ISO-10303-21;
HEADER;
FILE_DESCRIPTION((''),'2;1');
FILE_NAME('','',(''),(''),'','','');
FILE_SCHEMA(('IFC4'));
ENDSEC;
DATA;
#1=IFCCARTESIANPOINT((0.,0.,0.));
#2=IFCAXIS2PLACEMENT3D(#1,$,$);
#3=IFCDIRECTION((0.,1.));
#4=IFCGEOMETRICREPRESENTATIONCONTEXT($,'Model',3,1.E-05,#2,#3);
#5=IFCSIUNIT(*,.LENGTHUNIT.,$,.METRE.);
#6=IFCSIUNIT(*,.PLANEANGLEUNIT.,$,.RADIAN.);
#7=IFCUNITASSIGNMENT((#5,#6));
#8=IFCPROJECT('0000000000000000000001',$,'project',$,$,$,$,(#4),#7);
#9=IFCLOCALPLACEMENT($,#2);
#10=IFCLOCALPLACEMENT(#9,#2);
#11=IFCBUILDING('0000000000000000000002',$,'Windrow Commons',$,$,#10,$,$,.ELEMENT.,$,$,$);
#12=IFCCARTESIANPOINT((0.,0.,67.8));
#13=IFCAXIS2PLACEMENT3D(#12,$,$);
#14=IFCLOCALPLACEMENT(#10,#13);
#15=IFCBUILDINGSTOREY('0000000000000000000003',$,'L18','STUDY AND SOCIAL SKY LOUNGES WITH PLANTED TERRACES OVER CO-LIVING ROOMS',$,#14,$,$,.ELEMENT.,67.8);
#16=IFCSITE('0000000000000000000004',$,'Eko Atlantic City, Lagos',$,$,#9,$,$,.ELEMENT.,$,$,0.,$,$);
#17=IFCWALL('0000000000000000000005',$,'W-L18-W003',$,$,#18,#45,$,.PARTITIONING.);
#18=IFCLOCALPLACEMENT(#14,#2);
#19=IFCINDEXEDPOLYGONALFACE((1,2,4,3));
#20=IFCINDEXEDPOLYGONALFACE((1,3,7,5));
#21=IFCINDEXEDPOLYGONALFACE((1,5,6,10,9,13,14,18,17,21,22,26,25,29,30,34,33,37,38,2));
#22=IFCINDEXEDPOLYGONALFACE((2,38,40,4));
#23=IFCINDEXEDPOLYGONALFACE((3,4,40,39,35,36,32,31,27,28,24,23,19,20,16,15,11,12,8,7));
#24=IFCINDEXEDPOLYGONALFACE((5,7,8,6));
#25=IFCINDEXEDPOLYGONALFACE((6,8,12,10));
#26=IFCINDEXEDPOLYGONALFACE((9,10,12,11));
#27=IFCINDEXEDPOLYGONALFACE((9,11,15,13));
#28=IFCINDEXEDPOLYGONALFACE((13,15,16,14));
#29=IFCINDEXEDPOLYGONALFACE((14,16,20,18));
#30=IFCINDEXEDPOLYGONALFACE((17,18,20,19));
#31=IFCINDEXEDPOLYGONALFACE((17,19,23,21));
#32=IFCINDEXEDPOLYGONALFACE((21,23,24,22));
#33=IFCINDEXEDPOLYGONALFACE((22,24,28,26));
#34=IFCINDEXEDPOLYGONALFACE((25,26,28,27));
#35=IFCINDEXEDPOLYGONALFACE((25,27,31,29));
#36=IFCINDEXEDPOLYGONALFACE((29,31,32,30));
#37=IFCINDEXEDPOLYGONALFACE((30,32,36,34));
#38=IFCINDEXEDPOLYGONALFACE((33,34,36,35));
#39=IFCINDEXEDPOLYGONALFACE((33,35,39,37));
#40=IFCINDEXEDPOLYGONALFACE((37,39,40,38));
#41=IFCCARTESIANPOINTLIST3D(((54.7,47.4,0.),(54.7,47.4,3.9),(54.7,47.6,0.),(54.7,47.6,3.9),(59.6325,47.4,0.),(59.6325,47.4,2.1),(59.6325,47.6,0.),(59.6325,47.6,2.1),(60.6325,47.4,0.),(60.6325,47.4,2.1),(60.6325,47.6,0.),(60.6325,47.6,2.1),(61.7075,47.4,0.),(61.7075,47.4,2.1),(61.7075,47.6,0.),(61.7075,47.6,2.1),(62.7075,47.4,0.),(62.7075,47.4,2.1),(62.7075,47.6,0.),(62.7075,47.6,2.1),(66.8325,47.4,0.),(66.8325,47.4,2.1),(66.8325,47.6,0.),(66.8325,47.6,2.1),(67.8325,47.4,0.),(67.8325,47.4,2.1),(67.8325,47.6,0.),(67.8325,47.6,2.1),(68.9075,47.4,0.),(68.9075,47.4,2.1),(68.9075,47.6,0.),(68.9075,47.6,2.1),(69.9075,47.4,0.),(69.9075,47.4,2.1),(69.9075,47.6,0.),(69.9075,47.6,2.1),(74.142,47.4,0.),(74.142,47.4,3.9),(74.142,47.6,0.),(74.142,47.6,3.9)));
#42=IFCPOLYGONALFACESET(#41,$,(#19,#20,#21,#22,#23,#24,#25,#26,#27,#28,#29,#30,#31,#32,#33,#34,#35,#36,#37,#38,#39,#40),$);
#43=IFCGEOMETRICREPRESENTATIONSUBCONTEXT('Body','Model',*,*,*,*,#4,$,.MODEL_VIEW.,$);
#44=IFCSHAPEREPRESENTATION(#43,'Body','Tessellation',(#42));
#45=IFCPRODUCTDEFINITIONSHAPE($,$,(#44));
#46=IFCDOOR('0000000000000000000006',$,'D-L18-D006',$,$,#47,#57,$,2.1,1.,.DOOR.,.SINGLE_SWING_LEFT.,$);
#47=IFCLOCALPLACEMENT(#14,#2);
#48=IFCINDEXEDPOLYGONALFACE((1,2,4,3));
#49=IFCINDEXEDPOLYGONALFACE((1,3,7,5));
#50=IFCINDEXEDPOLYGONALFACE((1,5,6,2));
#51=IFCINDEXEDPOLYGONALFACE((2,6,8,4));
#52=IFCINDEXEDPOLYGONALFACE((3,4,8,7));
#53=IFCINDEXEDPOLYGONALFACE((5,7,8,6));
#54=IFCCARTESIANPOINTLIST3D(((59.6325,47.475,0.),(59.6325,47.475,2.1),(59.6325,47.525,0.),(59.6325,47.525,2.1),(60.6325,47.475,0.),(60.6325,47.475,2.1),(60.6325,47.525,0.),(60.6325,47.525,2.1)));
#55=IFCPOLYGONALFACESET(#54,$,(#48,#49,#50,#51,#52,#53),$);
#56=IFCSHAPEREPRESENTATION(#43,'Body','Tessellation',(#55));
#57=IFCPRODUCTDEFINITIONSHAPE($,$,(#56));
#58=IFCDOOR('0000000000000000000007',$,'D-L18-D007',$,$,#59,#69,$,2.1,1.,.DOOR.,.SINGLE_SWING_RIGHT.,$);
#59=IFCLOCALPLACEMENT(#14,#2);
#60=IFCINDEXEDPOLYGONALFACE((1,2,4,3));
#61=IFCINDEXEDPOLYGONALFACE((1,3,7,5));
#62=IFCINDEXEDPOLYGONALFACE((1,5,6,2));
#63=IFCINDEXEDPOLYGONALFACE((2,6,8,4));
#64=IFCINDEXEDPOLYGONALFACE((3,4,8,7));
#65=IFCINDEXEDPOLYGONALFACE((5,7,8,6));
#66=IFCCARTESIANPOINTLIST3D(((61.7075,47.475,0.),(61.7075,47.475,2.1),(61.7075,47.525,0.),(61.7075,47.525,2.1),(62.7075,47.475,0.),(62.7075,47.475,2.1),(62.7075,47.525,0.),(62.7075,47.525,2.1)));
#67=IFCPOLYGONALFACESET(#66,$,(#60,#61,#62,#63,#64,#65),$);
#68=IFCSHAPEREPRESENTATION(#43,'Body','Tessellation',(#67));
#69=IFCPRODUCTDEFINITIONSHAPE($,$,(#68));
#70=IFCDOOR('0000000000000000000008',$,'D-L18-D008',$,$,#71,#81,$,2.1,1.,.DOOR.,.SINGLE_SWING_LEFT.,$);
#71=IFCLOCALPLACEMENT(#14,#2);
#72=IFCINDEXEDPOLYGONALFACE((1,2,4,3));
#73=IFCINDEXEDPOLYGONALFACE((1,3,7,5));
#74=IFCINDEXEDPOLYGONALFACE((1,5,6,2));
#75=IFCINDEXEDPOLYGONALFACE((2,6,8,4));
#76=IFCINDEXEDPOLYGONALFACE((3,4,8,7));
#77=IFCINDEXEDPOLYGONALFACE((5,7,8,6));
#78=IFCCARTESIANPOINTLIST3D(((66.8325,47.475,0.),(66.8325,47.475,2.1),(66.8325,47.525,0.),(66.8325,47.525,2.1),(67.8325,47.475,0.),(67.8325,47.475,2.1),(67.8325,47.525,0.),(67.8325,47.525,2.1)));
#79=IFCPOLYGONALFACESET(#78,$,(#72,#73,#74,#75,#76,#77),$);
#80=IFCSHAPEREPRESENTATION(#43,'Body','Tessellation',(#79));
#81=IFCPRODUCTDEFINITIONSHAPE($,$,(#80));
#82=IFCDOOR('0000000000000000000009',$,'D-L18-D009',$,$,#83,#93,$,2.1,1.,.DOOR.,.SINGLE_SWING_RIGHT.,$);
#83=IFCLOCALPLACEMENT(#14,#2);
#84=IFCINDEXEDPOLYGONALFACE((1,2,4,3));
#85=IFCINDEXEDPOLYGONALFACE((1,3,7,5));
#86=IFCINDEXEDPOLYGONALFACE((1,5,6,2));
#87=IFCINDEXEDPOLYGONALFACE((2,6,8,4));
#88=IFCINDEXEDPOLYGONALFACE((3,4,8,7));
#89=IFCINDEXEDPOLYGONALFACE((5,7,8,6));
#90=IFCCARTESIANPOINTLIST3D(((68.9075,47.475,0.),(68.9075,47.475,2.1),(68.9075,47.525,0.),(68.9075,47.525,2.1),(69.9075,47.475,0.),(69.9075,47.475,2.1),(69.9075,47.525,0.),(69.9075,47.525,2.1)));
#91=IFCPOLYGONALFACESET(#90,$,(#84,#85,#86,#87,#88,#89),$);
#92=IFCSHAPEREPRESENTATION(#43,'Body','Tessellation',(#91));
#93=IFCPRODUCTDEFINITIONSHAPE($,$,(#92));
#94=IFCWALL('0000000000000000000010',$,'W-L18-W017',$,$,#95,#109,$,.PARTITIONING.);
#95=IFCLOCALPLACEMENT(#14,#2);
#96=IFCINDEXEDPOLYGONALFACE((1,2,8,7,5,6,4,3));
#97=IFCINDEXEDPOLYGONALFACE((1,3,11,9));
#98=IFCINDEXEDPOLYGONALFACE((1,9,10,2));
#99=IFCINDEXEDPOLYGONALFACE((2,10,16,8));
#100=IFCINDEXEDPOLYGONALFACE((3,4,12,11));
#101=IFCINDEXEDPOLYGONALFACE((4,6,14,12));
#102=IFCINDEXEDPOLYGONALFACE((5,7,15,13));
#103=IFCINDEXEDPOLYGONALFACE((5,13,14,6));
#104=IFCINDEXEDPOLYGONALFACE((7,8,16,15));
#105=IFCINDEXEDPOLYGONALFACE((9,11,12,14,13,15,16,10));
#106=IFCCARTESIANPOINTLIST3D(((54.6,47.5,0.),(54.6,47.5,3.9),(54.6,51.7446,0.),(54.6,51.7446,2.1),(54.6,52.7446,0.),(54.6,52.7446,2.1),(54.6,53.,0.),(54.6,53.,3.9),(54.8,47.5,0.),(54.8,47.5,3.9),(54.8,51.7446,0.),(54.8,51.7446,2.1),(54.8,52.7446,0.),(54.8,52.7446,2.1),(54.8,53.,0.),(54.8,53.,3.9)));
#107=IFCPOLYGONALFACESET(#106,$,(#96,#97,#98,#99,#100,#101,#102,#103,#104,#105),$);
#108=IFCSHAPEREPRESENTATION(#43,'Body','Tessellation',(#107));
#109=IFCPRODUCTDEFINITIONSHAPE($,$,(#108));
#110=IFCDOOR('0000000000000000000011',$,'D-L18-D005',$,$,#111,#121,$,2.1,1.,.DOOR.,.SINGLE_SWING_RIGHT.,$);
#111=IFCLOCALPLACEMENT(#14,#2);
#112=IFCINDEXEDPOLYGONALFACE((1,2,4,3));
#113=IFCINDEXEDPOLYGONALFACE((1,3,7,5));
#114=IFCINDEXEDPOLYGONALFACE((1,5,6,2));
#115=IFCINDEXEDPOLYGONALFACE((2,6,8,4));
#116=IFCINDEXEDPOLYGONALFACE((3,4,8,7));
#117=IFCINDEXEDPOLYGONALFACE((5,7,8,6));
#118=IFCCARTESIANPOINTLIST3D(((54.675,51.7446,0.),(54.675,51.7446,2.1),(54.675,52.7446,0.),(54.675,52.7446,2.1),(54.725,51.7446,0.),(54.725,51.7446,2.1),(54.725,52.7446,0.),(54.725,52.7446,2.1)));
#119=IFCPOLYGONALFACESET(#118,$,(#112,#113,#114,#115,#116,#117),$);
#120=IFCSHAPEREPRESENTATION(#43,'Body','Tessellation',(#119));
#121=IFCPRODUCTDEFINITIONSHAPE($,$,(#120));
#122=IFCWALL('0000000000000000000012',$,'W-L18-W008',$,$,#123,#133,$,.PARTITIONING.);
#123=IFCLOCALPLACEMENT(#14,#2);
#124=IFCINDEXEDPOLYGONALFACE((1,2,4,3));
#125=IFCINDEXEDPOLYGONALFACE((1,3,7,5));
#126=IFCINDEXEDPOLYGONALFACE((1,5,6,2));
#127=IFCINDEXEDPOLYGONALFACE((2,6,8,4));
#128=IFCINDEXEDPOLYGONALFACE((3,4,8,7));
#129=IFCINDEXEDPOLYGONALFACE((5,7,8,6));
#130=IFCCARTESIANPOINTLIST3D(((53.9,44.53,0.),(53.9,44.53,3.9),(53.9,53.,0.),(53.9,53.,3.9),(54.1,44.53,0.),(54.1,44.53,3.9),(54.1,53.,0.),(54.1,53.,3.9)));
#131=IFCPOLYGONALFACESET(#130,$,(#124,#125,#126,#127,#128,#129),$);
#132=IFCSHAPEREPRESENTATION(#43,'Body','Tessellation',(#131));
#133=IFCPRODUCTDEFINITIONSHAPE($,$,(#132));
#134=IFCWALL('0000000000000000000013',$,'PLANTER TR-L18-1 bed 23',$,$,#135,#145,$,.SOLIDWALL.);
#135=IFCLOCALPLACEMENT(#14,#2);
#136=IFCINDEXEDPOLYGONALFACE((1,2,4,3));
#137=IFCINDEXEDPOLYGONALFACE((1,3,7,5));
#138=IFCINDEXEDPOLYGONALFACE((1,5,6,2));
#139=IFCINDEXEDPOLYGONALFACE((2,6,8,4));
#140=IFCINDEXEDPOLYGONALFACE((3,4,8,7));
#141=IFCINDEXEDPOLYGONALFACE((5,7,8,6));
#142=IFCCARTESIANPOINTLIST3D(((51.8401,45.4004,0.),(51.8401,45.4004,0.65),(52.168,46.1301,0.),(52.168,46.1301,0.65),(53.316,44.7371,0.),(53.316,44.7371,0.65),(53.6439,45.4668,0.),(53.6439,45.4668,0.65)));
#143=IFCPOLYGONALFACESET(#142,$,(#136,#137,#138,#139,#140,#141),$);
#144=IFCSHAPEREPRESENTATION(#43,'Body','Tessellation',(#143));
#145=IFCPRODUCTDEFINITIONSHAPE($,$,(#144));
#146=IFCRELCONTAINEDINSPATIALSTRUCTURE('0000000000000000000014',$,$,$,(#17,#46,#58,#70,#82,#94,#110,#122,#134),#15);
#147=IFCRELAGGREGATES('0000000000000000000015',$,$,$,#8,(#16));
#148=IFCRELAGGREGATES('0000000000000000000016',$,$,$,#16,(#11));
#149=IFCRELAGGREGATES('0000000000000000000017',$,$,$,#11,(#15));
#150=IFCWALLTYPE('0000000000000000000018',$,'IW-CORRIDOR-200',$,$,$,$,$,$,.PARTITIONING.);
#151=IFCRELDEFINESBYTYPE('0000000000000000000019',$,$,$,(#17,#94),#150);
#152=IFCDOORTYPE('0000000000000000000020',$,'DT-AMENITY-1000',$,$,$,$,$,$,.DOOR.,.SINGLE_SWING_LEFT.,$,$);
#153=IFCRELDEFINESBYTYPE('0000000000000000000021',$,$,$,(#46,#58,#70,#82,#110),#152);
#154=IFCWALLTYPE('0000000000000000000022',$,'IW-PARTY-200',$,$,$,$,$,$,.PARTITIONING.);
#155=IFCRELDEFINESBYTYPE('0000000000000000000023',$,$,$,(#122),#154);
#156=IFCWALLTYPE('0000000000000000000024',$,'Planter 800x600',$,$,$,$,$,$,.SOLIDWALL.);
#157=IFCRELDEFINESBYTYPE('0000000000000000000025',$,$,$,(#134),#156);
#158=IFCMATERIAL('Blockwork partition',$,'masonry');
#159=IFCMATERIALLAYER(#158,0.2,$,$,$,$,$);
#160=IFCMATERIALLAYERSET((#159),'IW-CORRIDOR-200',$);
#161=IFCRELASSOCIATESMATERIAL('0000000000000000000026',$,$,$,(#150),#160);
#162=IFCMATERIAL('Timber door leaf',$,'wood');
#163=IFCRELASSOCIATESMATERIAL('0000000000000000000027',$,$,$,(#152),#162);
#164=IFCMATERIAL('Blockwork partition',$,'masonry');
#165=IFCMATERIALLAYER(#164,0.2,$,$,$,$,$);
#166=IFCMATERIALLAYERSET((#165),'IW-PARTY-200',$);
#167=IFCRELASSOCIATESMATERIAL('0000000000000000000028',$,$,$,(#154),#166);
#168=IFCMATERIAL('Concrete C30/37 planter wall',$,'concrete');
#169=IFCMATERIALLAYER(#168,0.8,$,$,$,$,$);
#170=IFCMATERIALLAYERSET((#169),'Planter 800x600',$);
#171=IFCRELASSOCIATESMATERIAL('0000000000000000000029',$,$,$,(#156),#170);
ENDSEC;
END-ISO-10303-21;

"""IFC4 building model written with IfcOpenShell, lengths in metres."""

from ifc_helpers import new_model, si_unit, direction, frame, frame_2d, origin, place, context, subcontext, project, spatial, rectangle, extrude, material, layer, layer_set, type_object, element, fill, save


model = new_model("IFC4")

# Units and contexts
model_context = context("Model", 3, precision=1e-05, world=origin(), true_north=direction((0.0, 1.0)))
body_context = subcontext(model_context, "Body", "Model", "MODEL_VIEW")
ifc_project = project(units=[si_unit("LENGTHUNIT", "METRE"), si_unit("PLANEANGLEUNIT", "RADIAN")], contexts=[model_context])

# Site, building, storey
site_placement = place(None, origin())
site = spatial("IfcSite", under=ifc_project, at=site_placement, Name="Eko Atlantic City, Lagos", CompositionType="ELEMENT", RefElevation=0.0)
building_placement = place(site_placement, origin())
building = spatial("IfcBuilding", under=site, at=building_placement, Name="Windrow Commons", CompositionType="ELEMENT")
storey_placement = place(building_placement, frame((0.0, 0.0, 67.8)))
storey = spatial("IfcBuildingStorey", under=building, at=storey_placement, Name="L18", Description="STUDY AND SOCIAL SKY LOUNGES WITH PLANTED TERRACES OVER CO-LIVING ROOMS", CompositionType="ELEMENT", Elevation=67.8)

# Wall, openings, doors
ifc_material_1 = material(Name="Blockwork partition", Category="masonry")
ifc_layer_1 = layer(ifc_material_1, 0.2)
ifc_layer_set_1 = layer_set([ifc_layer_1], Name="IW-CORRIDOR-200")
wall_type_1 = type_object("IfcWallType", Name="IW-CORRIDOR-200", PredefinedType="PARTITIONING", material=ifc_layer_set_1)
wall_1_placement = place(storey_placement, frame((54.7, 47.5, 0.0), z_axis=(0.0, 0.0, 1.0), x_axis=(1.0, 0.0, 0.0)))
wall_1 = element("IfcWall", 1, at=wall_1_placement, inside=storey, type_object=wall_type_1, Name="W-L18-W003", PredefinedType="PARTITIONING", context=body_context, shape_type="SweptSolid", body=[
    extrude(rectangle(XDim=19.442, YDim=0.2, at=frame_2d((9.721, 0.0))), origin(), (0.0, 0.0, 1.0), 3.9),
])
opening_1_placement = place(wall_1_placement, frame((4.9325, 0.0, 0.0)))
opening_1 = element("IfcOpeningElement", 2, at=opening_1_placement, cuts=wall_1, PredefinedType="OPENING", context=body_context, shape_type="SweptSolid", body=[
    extrude(rectangle(XDim=1.0, YDim=2.1, at=frame_2d((0.5, 1.05))), frame((0.0, 0.11, 0.0), z_axis=(0.0, -1.0, 0.0), x_axis=(1.0, 0.0, 0.0)), (0.0, 0.0, 1.0), 0.22),
])
opening_2_placement = place(wall_1_placement, frame((7.0075, 0.0, 0.0)))
opening_2 = element("IfcOpeningElement", 3, at=opening_2_placement, cuts=wall_1, PredefinedType="OPENING", context=body_context, shape_type="SweptSolid", body=[
    extrude(rectangle(XDim=1.0, YDim=2.1, at=frame_2d((0.5, 1.05))), frame((0.0, 0.11, 0.0), z_axis=(0.0, -1.0, 0.0), x_axis=(1.0, 0.0, 0.0)), (0.0, 0.0, 1.0), 0.22),
])
opening_3_placement = place(wall_1_placement, frame((12.1325, 0.0, 0.0)))
opening_3 = element("IfcOpeningElement", 4, at=opening_3_placement, cuts=wall_1, PredefinedType="OPENING", context=body_context, shape_type="SweptSolid", body=[
    extrude(rectangle(XDim=1.0, YDim=2.1, at=frame_2d((0.5, 1.05))), frame((0.0, 0.11, 0.0), z_axis=(0.0, -1.0, 0.0), x_axis=(1.0, 0.0, 0.0)), (0.0, 0.0, 1.0), 0.22),
])
opening_4_placement = place(wall_1_placement, frame((14.2075, 0.0, 0.0)))
opening_4 = element("IfcOpeningElement", 5, at=opening_4_placement, cuts=wall_1, PredefinedType="OPENING", context=body_context, shape_type="SweptSolid", body=[
    extrude(rectangle(XDim=1.0, YDim=2.1, at=frame_2d((0.5, 1.05))), frame((0.0, 0.11, 0.0), z_axis=(0.0, -1.0, 0.0), x_axis=(1.0, 0.0, 0.0)), (0.0, 0.0, 1.0), 0.22),
])
ifc_material_2 = material(Name="Timber door leaf", Category="wood")
door_type = type_object("IfcDoorType", Name="DT-AMENITY-1000", OperationType="SINGLE_SWING_LEFT", PredefinedType="DOOR", material=ifc_material_2)
door_1_placement = place(opening_1_placement, origin())
door_1 = element("IfcDoor", 6, at=door_1_placement, inside=storey, type_object=door_type, Name="D-L18-D006", OperationType="SINGLE_SWING_LEFT", OverallHeight=2.1, OverallWidth=1.0, PredefinedType="DOOR", context=body_context, shape_type="SweptSolid", body=[
    extrude(rectangle(XDim=1.0, YDim=2.1, at=frame_2d((0.5, 1.05))), frame((0.0, 0.025, 0.0), z_axis=(0.0, -1.0, 0.0), x_axis=(1.0, 0.0, 0.0)), (0.0, 0.0, 1.0), 0.05),
])
fill(opening_1, door_1)
door_2_placement = place(opening_2_placement, origin())
door_2 = element("IfcDoor", 7, at=door_2_placement, inside=storey, type_object=door_type, Name="D-L18-D007", OperationType="SINGLE_SWING_RIGHT", OverallHeight=2.1, OverallWidth=1.0, PredefinedType="DOOR", context=body_context, shape_type="SweptSolid", body=[
    extrude(rectangle(XDim=1.0, YDim=2.1, at=frame_2d((0.5, 1.05))), frame((0.0, 0.025, 0.0), z_axis=(0.0, -1.0, 0.0), x_axis=(1.0, 0.0, 0.0)), (0.0, 0.0, 1.0), 0.05),
])
fill(opening_2, door_2)
door_3_placement = place(opening_3_placement, origin())
door_3 = element("IfcDoor", 8, at=door_3_placement, inside=storey, type_object=door_type, Name="D-L18-D008", OperationType="SINGLE_SWING_LEFT", OverallHeight=2.1, OverallWidth=1.0, PredefinedType="DOOR", context=body_context, shape_type="SweptSolid", body=[
    extrude(rectangle(XDim=1.0, YDim=2.1, at=frame_2d((0.5, 1.05))), frame((0.0, 0.025, 0.0), z_axis=(0.0, -1.0, 0.0), x_axis=(1.0, 0.0, 0.0)), (0.0, 0.0, 1.0), 0.05),
])
fill(opening_3, door_3)
door_4_placement = place(opening_4_placement, origin())
door_4 = element("IfcDoor", 9, at=door_4_placement, inside=storey, type_object=door_type, Name="D-L18-D009", OperationType="SINGLE_SWING_RIGHT", OverallHeight=2.1, OverallWidth=1.0, PredefinedType="DOOR", context=body_context, shape_type="SweptSolid", body=[
    extrude(rectangle(XDim=1.0, YDim=2.1, at=frame_2d((0.5, 1.05))), frame((0.0, 0.025, 0.0), z_axis=(0.0, -1.0, 0.0), x_axis=(1.0, 0.0, 0.0)), (0.0, 0.0, 1.0), 0.05),
])
fill(opening_4, door_4)

# Wall, opening, door
wall_2_placement = place(storey_placement, frame((54.7, 47.5, 0.0), z_axis=(0.0, 0.0, 1.0), x_axis=(0.0, 1.0, 0.0)))
wall_2 = element("IfcWall", 10, at=wall_2_placement, inside=storey, type_object=wall_type_1, Name="W-L18-W017", PredefinedType="PARTITIONING", context=body_context, shape_type="SweptSolid", body=[
    extrude(rectangle(XDim=5.5, YDim=0.2, at=frame_2d((2.75, 0.0))), origin(), (0.0, 0.0, 1.0), 3.9),
])
opening_5_placement = place(wall_2_placement, frame((4.2446, 0.0, 0.0)))
opening_5 = element("IfcOpeningElement", 11, at=opening_5_placement, cuts=wall_2, PredefinedType="OPENING", context=body_context, shape_type="SweptSolid", body=[
    extrude(rectangle(XDim=1.0, YDim=2.1, at=frame_2d((0.5, 1.05))), frame((0.0, 0.11, 0.0), z_axis=(0.0, -1.0, 0.0), x_axis=(1.0, 0.0, 0.0)), (0.0, 0.0, 1.0), 0.22),
])
door_5_placement = place(opening_5_placement, origin())
door_5 = element("IfcDoor", 12, at=door_5_placement, inside=storey, type_object=door_type, Name="D-L18-D005", OperationType="SINGLE_SWING_RIGHT", OverallHeight=2.1, OverallWidth=1.0, PredefinedType="DOOR", context=body_context, shape_type="SweptSolid", body=[
    extrude(rectangle(XDim=1.0, YDim=2.1, at=frame_2d((0.5, 1.05))), frame((0.0, 0.025, 0.0), z_axis=(0.0, -1.0, 0.0), x_axis=(1.0, 0.0, 0.0)), (0.0, 0.0, 1.0), 0.05),
])
fill(opening_5, door_5)

# Walls
ifc_material_3 = material(Name="Blockwork partition", Category="masonry")
ifc_layer_2 = layer(ifc_material_3, 0.2)
ifc_layer_set_2 = layer_set([ifc_layer_2], Name="IW-PARTY-200")
wall_type_2 = type_object("IfcWallType", Name="IW-PARTY-200", PredefinedType="PARTITIONING", material=ifc_layer_set_2)
wall_3_placement = place(storey_placement, frame((54.0, 44.53, 0.0), z_axis=(0.0, 0.0, 1.0), x_axis=(0.0, 1.0, 0.0)))
element("IfcWall", 13, at=wall_3_placement, inside=storey, type_object=wall_type_2, Name="W-L18-W008", PredefinedType="PARTITIONING", context=body_context, shape_type="SweptSolid", body=[
    extrude(rectangle(XDim=8.47, YDim=0.2, at=frame_2d((4.235, 0.0))), origin(), (0.0, 0.0, 1.0), 3.9),
])
ifc_material_4 = material(Name="Concrete C30/37 planter wall", Category="concrete")
ifc_layer_3 = layer(ifc_material_4, 0.8)
ifc_layer_set_3 = layer_set([ifc_layer_3], Name="Planter 800x600")
wall_type_3 = type_object("IfcWallType", Name="Planter 800x600", PredefinedType="SOLIDWALL", material=ifc_layer_set_3)
wall_4_placement = place(storey_placement, frame((53.48, 45.1019, 0.0), z_axis=(0.0, 0.0, 1.0), x_axis=(-0.912119, 0.409925, 0.0)))
element("IfcWall", 14, at=wall_4_placement, inside=storey, type_object=wall_type_3, Name="PLANTER TR-L18-1 bed 23", PredefinedType="SOLIDWALL", context=body_context, shape_type="SweptSolid", body=[
    extrude(rectangle(XDim=1.6181, YDim=0.8, at=frame_2d((0.8091, 0.0))), origin(), (0.0, 0.0, 1.0), 0.65),
])

save(model, "model.ifc")
